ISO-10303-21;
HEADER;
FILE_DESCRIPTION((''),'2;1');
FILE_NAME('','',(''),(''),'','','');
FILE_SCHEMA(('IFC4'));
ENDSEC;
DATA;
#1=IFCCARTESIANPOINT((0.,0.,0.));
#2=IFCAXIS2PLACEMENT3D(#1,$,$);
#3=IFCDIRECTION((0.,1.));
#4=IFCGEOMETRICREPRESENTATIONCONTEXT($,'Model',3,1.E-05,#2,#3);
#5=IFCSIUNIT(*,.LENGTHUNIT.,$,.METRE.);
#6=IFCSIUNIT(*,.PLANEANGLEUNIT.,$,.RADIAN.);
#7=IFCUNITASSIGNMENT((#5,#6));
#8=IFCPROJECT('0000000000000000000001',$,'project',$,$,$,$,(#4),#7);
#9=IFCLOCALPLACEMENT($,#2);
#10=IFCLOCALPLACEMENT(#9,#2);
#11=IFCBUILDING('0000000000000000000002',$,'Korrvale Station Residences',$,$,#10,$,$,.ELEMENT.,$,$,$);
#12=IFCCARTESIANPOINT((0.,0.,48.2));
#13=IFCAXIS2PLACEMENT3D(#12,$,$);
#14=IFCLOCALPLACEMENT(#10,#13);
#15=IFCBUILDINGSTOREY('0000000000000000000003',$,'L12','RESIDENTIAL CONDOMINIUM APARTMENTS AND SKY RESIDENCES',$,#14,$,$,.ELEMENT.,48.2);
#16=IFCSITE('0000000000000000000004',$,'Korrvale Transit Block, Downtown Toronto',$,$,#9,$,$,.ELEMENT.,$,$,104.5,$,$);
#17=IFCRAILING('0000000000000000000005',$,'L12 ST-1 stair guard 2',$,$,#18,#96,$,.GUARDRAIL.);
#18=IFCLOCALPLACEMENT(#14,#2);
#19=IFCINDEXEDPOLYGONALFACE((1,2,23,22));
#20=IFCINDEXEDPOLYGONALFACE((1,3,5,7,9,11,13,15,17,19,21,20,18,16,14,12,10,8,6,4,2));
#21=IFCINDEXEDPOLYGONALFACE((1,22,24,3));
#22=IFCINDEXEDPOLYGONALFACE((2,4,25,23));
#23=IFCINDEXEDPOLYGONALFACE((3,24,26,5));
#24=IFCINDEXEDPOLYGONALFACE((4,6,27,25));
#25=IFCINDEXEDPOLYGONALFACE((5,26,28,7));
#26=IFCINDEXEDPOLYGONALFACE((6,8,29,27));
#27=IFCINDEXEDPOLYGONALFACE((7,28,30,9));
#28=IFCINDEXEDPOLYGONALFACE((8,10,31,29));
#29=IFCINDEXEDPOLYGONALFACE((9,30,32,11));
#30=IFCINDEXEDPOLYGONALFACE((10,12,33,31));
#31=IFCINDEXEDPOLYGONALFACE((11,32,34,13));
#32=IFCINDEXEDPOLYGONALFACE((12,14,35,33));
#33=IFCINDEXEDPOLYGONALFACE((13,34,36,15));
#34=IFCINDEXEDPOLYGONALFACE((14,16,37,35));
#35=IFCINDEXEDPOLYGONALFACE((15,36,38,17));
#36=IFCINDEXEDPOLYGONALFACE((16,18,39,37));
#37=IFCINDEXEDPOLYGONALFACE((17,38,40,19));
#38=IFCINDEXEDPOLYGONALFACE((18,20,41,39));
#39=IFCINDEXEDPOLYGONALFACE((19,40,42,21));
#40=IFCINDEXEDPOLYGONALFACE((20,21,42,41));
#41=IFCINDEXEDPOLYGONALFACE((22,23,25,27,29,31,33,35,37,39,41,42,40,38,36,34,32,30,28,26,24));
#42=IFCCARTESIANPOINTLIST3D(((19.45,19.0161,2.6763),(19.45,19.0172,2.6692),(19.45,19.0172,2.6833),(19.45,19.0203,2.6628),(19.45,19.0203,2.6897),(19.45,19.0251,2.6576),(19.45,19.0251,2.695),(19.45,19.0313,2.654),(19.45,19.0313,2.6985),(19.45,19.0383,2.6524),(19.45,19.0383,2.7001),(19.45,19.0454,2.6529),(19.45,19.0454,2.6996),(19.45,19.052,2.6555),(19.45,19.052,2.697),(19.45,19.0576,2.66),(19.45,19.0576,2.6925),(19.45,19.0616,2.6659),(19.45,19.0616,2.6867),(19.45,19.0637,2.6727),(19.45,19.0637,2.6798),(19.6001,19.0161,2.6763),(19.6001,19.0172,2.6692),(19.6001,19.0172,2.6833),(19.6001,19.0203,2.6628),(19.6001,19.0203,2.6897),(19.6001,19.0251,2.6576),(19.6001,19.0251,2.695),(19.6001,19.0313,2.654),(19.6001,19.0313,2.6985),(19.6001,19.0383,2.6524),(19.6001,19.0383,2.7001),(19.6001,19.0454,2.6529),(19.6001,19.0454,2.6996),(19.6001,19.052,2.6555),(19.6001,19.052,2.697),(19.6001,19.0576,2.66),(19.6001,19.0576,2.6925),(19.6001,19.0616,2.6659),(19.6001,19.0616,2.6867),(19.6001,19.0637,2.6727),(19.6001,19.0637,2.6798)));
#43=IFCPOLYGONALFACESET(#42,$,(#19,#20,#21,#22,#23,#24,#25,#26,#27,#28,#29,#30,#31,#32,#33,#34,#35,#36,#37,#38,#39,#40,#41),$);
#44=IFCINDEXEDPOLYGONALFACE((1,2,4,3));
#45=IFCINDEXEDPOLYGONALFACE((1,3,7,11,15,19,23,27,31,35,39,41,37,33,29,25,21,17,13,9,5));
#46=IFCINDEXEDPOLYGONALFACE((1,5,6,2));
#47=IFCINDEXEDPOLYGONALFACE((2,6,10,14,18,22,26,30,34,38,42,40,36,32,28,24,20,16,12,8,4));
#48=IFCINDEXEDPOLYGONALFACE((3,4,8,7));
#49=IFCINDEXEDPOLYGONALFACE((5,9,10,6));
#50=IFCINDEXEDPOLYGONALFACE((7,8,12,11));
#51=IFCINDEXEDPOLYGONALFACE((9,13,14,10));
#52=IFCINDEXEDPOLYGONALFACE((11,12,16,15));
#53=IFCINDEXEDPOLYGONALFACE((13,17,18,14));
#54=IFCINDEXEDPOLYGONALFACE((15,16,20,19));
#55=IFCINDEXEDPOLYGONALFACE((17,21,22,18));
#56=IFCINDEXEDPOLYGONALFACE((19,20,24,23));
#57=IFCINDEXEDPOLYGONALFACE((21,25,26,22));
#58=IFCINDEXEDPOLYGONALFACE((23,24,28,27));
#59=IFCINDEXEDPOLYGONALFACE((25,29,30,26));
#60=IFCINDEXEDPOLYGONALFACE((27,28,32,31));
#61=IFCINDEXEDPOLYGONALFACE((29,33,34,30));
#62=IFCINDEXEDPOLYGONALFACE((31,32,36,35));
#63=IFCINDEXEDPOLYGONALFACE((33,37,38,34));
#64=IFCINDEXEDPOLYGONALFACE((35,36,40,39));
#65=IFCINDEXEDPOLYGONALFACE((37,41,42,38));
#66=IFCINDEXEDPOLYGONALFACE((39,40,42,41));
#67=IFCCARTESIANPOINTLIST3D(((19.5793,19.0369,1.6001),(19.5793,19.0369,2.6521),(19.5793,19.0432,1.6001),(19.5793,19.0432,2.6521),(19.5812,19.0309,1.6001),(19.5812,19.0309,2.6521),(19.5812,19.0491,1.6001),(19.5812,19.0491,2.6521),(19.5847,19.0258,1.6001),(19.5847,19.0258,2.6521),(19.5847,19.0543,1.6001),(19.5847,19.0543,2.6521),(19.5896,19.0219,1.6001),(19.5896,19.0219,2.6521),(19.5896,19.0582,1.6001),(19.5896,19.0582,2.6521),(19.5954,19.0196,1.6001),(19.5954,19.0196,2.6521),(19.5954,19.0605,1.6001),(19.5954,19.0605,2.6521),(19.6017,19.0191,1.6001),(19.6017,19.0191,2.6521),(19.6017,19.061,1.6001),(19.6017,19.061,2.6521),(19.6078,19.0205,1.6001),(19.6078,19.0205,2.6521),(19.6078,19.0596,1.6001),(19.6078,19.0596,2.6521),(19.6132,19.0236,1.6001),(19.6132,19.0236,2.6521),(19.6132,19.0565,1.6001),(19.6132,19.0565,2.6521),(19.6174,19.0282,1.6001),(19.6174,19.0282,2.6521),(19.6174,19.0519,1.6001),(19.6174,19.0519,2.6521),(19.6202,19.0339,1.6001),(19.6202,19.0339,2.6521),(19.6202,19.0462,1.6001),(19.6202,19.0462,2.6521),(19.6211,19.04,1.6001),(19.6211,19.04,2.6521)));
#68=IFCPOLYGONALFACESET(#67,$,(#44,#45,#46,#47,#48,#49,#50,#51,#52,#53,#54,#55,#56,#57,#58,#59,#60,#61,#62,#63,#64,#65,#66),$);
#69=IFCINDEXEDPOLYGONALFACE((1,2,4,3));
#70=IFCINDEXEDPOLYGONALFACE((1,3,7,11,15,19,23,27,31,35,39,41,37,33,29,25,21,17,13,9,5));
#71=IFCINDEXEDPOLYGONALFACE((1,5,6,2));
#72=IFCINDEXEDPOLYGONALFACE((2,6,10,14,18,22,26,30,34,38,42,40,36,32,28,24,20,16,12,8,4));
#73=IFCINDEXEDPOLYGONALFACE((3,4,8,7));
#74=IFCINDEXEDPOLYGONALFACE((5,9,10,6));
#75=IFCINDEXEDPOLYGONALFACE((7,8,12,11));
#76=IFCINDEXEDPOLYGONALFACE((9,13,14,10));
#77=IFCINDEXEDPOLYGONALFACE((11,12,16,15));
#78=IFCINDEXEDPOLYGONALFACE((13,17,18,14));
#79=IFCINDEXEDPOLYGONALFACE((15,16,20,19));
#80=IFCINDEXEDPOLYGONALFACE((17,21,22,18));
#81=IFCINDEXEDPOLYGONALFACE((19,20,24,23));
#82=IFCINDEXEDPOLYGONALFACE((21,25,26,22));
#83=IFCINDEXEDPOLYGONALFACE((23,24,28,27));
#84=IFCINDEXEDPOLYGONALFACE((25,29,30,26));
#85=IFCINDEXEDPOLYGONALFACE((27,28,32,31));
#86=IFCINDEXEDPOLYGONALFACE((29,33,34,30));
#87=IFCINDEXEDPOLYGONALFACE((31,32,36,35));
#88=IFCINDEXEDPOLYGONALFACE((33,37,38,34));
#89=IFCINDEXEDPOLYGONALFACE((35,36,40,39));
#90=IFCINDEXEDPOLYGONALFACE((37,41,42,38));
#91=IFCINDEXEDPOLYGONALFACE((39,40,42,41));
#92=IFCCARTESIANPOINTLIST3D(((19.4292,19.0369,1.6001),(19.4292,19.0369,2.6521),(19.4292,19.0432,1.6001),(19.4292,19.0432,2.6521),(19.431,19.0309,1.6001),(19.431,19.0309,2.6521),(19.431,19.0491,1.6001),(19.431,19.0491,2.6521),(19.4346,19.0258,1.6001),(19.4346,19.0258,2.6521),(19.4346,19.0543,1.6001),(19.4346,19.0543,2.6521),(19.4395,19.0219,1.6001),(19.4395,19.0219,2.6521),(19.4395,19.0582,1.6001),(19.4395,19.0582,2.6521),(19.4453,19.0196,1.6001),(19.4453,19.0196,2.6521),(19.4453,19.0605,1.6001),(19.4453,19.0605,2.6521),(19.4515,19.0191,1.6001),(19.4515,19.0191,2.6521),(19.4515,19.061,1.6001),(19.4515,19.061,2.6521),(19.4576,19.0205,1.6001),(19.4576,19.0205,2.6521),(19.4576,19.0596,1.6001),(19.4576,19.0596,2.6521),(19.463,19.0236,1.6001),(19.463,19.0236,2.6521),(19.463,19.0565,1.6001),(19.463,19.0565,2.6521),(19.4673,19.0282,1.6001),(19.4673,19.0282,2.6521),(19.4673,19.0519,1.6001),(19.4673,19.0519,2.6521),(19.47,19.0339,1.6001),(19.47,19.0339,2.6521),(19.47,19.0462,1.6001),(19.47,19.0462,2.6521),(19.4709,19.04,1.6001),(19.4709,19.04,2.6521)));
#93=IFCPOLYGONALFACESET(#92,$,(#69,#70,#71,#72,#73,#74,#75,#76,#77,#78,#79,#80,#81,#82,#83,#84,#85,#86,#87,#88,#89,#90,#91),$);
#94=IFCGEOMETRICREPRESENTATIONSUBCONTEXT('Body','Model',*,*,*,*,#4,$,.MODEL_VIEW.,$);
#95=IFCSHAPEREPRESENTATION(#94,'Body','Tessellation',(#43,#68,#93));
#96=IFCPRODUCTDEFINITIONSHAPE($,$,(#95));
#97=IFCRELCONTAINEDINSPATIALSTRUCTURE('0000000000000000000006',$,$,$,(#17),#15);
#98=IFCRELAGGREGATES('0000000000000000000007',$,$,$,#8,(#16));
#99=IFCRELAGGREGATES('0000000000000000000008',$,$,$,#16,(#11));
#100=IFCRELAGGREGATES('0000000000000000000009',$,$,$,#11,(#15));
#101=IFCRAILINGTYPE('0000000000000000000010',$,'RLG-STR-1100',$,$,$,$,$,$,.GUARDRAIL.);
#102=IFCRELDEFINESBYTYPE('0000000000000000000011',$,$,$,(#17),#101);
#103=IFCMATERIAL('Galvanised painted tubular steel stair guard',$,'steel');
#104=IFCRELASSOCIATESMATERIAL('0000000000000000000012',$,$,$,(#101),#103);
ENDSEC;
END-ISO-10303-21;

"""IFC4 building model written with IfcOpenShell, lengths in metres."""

from ifc_helpers import new_model, si_unit, direction, frame, origin, origin_2d, place, context, subcontext, project, spatial, circle, extrude, material, type_object, element, save


model = new_model("IFC4")

# Units and contexts
model_context = context("Model", 3, precision=1e-05, world=origin(), true_north=direction((0.0, 1.0)))
body_context = subcontext(model_context, "Body", "Model", "MODEL_VIEW")
ifc_project = project(units=[si_unit("LENGTHUNIT", "METRE"), si_unit("PLANEANGLEUNIT", "RADIAN")], contexts=[model_context])

# Site, building, storey
site_placement = place(None, origin())
site = spatial("IfcSite", under=ifc_project, at=site_placement, Name="Korrvale Transit Block, Downtown Toronto", CompositionType="ELEMENT", RefElevation=104.5)
building_placement = place(site_placement, origin())
building = spatial("IfcBuilding", under=site, at=building_placement, Name="Korrvale Station Residences", CompositionType="ELEMENT")
storey_placement = place(building_placement, frame((0.0, 0.0, 48.2)))
storey = spatial("IfcBuildingStorey", under=building, at=storey_placement, Name="L12", Description="RESIDENTIAL CONDOMINIUM APARTMENTS AND SKY RESIDENCES", CompositionType="ELEMENT", Elevation=48.2)

# Railing
ifc_material_1 = material(Name="Galvanised painted tubular steel stair guard", Category="steel")
railing_type_1 = type_object("IfcRailingType", Name="RLG-STR-1100", PredefinedType="GUARDRAIL", material=ifc_material_1)
railing_1_placement = place(storey_placement, frame((19.6001, 19.04, 1.6001)))
element("IfcRailing", 1, at=railing_1_placement, inside=storey, type_object=railing_type_1, Name="L12 ST-1 stair guard 2", PredefinedType="GUARDRAIL", context=body_context, shape_type="SweptSolid", body=[
    extrude(circle(Radius=0.0239, at=origin_2d()), frame((0.0, 0.0, 1.0762), z_axis=(-1.0, 0.0, 0.0), x_axis=(0.0, -1.0, 0.0)), (0.0, 0.0, 1.0), 0.1501),
    extrude(circle(Radius=0.021, at=origin_2d()), origin(), (0.0, 0.0, 1.0), 1.052),
    extrude(circle(Radius=0.021, at=origin_2d()), frame((-0.1501, 0.0, 0.0)), (0.0, 0.0, 1.0), 1.052),
])

save(model, "model.ifc")
